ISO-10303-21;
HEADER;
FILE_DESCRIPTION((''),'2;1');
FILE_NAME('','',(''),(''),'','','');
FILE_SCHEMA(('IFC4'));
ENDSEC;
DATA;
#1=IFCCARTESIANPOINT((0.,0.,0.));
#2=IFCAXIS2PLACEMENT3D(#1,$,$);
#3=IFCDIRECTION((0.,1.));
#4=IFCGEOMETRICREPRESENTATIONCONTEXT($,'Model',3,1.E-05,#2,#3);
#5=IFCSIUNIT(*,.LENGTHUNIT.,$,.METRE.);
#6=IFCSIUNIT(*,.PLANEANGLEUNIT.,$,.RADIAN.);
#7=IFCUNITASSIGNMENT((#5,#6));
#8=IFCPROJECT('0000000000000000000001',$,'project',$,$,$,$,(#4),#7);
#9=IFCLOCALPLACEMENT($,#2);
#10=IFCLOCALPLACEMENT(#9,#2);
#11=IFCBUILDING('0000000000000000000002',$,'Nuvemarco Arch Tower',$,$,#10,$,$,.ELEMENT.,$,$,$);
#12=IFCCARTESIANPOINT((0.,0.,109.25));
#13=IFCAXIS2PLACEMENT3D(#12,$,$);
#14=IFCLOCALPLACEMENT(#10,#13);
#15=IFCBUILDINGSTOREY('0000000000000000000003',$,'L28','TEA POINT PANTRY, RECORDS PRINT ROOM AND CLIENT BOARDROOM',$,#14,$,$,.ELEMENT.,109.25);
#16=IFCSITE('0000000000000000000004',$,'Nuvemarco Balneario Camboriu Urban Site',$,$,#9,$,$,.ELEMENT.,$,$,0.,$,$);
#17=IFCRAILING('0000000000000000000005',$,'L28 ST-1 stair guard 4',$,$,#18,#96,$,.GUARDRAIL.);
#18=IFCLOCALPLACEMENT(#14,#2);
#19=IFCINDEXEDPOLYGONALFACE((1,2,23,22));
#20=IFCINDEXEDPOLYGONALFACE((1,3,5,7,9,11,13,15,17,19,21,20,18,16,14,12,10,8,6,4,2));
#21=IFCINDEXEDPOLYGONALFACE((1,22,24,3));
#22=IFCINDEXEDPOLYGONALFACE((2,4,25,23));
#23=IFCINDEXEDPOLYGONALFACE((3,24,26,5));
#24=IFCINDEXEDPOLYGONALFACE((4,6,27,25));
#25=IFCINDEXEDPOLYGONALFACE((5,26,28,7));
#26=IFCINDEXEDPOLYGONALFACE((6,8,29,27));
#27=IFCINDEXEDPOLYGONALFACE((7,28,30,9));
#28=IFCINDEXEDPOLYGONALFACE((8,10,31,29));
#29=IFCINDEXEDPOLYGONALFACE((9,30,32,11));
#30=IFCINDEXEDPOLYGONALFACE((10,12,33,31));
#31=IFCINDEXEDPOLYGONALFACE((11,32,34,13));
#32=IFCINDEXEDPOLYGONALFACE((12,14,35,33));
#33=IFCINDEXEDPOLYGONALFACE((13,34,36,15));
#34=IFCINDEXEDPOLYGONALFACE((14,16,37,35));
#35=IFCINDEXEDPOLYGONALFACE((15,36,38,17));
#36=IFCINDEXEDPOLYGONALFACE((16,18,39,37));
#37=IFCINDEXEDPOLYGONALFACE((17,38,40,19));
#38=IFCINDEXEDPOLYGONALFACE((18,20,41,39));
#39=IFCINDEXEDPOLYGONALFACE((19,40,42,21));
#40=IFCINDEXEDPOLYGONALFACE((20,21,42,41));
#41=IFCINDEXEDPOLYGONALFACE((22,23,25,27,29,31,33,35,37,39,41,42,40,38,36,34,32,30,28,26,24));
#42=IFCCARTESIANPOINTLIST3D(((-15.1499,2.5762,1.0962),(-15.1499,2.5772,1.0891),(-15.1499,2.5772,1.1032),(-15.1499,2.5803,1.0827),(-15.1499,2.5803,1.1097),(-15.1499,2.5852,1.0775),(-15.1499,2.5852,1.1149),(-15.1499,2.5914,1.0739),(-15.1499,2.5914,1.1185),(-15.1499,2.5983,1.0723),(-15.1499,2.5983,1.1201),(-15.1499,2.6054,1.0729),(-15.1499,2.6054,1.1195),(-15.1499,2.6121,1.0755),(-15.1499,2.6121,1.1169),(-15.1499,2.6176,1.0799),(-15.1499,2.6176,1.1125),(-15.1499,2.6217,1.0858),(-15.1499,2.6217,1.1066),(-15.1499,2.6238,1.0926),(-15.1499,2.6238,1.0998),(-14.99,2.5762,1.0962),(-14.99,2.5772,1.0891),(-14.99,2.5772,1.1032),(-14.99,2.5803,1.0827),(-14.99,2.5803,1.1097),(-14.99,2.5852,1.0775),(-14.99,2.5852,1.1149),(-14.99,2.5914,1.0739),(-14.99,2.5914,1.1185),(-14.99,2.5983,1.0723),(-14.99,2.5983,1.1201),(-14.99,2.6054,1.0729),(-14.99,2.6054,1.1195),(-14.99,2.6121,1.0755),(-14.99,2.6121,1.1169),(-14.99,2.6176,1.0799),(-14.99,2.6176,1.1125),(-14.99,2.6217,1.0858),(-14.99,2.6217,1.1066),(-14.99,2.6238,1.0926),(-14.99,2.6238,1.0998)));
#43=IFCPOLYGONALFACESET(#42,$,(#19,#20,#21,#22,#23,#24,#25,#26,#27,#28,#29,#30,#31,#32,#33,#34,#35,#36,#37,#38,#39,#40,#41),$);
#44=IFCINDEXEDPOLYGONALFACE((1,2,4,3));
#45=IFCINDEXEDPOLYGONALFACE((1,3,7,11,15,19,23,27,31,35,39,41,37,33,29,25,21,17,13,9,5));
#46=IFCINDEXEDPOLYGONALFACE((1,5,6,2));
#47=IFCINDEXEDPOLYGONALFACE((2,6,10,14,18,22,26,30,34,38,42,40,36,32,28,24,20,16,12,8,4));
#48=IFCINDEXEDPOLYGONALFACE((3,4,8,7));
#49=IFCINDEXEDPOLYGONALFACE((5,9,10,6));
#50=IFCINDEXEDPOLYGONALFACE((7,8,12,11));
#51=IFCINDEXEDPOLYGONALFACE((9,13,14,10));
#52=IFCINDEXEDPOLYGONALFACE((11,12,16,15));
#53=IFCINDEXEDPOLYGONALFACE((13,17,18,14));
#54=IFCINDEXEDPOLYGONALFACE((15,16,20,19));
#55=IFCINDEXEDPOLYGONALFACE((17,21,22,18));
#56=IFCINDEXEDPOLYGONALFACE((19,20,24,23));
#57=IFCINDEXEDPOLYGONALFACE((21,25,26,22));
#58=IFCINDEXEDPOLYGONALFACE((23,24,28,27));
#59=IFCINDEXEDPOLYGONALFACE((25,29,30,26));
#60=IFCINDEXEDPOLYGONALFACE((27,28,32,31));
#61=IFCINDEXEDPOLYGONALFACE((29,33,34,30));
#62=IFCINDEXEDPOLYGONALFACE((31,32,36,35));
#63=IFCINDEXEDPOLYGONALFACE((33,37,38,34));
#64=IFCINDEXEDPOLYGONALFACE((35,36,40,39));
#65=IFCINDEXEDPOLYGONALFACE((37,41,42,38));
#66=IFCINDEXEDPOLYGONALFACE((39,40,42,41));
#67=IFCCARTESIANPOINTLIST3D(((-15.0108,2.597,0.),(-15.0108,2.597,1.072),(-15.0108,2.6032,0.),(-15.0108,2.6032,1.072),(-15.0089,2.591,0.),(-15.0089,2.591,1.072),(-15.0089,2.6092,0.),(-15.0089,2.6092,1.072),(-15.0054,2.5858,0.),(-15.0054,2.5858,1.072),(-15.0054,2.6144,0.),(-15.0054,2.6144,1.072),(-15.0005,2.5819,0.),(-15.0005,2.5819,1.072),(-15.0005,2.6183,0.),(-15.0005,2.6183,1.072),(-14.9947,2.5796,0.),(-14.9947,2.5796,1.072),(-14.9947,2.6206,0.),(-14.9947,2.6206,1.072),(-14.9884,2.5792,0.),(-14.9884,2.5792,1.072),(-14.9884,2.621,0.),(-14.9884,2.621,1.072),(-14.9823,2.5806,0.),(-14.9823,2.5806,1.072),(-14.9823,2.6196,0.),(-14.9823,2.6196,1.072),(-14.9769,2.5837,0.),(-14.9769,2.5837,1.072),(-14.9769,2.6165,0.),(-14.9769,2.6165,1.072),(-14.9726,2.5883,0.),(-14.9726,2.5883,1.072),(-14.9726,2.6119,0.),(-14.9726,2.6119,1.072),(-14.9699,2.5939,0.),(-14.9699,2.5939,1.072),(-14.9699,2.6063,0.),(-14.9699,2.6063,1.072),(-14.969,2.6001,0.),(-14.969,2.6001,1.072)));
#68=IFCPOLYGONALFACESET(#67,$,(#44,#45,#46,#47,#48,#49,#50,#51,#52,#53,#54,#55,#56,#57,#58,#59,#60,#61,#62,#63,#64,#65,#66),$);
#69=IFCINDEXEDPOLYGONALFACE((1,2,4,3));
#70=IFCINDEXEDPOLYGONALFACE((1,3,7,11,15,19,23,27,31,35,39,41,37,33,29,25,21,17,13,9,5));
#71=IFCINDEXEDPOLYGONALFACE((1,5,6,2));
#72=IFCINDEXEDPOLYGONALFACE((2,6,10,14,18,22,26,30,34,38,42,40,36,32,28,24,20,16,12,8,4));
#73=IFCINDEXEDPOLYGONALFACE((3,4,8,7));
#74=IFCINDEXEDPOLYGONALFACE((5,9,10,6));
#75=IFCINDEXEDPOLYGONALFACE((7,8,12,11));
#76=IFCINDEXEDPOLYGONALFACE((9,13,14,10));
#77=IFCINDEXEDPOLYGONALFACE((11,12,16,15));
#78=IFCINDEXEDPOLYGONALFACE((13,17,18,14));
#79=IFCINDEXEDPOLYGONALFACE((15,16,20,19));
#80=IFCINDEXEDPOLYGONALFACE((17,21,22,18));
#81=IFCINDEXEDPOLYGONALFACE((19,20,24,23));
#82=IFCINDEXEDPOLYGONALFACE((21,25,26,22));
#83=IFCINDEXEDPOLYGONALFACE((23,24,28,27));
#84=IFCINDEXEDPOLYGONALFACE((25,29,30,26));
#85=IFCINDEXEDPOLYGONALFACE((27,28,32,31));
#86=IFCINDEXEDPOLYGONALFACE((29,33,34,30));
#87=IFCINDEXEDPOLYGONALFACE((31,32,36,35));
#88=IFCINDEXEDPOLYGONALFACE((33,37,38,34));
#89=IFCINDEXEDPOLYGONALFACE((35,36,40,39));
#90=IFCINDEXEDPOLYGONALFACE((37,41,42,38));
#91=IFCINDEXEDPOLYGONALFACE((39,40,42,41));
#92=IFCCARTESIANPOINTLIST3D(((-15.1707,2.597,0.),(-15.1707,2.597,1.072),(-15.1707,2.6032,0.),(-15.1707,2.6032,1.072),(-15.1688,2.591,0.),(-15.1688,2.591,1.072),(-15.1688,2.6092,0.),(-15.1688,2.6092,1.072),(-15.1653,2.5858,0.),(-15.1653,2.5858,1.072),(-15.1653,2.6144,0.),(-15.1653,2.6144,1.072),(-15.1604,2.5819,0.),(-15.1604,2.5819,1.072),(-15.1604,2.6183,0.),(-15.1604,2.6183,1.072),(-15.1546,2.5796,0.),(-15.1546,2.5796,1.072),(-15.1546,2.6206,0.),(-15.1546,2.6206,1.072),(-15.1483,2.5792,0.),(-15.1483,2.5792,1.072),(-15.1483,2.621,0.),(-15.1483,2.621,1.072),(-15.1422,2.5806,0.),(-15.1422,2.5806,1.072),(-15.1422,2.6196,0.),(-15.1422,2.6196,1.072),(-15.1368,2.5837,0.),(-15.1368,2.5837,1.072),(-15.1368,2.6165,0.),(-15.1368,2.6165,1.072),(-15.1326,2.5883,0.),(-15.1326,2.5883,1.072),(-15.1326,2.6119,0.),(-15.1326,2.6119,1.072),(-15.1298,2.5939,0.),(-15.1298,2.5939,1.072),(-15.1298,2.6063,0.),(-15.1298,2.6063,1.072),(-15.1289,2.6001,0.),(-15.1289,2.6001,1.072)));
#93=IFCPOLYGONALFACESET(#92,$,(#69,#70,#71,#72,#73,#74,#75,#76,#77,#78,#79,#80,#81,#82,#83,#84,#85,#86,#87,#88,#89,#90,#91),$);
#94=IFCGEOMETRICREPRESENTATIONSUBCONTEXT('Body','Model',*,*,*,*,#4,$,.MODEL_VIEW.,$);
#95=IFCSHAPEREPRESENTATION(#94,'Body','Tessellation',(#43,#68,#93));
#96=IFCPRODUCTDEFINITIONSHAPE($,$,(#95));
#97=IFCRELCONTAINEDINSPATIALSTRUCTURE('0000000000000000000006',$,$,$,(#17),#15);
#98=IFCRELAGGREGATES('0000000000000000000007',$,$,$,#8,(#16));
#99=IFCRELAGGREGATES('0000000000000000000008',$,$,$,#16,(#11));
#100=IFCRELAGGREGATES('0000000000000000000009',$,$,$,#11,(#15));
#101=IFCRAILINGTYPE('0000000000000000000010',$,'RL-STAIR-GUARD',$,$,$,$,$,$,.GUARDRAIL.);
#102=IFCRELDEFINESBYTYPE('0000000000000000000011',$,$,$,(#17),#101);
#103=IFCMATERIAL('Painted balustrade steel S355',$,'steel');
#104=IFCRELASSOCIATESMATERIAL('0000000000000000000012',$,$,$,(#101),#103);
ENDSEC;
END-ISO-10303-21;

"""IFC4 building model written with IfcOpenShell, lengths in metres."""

from ifc_helpers import new_model, si_unit, direction, frame, origin, origin_2d, place, context, subcontext, project, spatial, circle, extrude, material, type_object, element, save


model = new_model("IFC4")

# Units and contexts
model_context = context("Model", 3, precision=1e-05, world=origin(), true_north=direction((0.0, 1.0)))
body_context = subcontext(model_context, "Body", "Model", "MODEL_VIEW")
ifc_project = project(units=[si_unit("LENGTHUNIT", "METRE"), si_unit("PLANEANGLEUNIT", "RADIAN")], contexts=[model_context])

# Site, building, storey
site_placement = place(None, origin())
site = spatial("IfcSite", under=ifc_project, at=site_placement, Name="Nuvemarco Balneario Camboriu Urban Site", CompositionType="ELEMENT", RefElevation=0.0)
building_placement = place(site_placement, origin())
building = spatial("IfcBuilding", under=site, at=building_placement, Name="Nuvemarco Arch Tower", CompositionType="ELEMENT")
storey_placement = place(building_placement, frame((0.0, 0.0, 109.25)))
storey = spatial("IfcBuildingStorey", under=building, at=storey_placement, Name="L28", Description="TEA POINT PANTRY, RECORDS PRINT ROOM AND CLIENT BOARDROOM", CompositionType="ELEMENT", Elevation=109.25)

# Railing
ifc_material_1 = material(Name="Painted balustrade steel S355", Category="steel")
railing_type_1 = type_object("IfcRailingType", Name="RL-STAIR-GUARD", PredefinedType="GUARDRAIL", material=ifc_material_1)
railing_1_placement = place(storey_placement, frame((-14.99, 2.6001, 0.0)))
element("IfcRailing", 1, at=railing_1_placement, inside=storey, type_object=railing_type_1, Name="L28 ST-1 stair guard 4", PredefinedType="GUARDRAIL", context=body_context, shape_type="SweptSolid", body=[
    extrude(circle(Radius=0.0239, at=origin_2d()), frame((0.0, 0.0, 1.0962), z_axis=(-1.0, 0.0, 0.0), x_axis=(0.0, -1.0, 0.0)), (0.0, 0.0, 1.0), 0.1599),
    extrude(circle(Radius=0.021, at=origin_2d()), origin(), (0.0, 0.0, 1.0), 1.072),
    extrude(circle(Radius=0.021, at=origin_2d()), frame((-0.1599, 0.0, 0.0)), (0.0, 0.0, 1.0), 1.072),
])

save(model, "model.ifc")
